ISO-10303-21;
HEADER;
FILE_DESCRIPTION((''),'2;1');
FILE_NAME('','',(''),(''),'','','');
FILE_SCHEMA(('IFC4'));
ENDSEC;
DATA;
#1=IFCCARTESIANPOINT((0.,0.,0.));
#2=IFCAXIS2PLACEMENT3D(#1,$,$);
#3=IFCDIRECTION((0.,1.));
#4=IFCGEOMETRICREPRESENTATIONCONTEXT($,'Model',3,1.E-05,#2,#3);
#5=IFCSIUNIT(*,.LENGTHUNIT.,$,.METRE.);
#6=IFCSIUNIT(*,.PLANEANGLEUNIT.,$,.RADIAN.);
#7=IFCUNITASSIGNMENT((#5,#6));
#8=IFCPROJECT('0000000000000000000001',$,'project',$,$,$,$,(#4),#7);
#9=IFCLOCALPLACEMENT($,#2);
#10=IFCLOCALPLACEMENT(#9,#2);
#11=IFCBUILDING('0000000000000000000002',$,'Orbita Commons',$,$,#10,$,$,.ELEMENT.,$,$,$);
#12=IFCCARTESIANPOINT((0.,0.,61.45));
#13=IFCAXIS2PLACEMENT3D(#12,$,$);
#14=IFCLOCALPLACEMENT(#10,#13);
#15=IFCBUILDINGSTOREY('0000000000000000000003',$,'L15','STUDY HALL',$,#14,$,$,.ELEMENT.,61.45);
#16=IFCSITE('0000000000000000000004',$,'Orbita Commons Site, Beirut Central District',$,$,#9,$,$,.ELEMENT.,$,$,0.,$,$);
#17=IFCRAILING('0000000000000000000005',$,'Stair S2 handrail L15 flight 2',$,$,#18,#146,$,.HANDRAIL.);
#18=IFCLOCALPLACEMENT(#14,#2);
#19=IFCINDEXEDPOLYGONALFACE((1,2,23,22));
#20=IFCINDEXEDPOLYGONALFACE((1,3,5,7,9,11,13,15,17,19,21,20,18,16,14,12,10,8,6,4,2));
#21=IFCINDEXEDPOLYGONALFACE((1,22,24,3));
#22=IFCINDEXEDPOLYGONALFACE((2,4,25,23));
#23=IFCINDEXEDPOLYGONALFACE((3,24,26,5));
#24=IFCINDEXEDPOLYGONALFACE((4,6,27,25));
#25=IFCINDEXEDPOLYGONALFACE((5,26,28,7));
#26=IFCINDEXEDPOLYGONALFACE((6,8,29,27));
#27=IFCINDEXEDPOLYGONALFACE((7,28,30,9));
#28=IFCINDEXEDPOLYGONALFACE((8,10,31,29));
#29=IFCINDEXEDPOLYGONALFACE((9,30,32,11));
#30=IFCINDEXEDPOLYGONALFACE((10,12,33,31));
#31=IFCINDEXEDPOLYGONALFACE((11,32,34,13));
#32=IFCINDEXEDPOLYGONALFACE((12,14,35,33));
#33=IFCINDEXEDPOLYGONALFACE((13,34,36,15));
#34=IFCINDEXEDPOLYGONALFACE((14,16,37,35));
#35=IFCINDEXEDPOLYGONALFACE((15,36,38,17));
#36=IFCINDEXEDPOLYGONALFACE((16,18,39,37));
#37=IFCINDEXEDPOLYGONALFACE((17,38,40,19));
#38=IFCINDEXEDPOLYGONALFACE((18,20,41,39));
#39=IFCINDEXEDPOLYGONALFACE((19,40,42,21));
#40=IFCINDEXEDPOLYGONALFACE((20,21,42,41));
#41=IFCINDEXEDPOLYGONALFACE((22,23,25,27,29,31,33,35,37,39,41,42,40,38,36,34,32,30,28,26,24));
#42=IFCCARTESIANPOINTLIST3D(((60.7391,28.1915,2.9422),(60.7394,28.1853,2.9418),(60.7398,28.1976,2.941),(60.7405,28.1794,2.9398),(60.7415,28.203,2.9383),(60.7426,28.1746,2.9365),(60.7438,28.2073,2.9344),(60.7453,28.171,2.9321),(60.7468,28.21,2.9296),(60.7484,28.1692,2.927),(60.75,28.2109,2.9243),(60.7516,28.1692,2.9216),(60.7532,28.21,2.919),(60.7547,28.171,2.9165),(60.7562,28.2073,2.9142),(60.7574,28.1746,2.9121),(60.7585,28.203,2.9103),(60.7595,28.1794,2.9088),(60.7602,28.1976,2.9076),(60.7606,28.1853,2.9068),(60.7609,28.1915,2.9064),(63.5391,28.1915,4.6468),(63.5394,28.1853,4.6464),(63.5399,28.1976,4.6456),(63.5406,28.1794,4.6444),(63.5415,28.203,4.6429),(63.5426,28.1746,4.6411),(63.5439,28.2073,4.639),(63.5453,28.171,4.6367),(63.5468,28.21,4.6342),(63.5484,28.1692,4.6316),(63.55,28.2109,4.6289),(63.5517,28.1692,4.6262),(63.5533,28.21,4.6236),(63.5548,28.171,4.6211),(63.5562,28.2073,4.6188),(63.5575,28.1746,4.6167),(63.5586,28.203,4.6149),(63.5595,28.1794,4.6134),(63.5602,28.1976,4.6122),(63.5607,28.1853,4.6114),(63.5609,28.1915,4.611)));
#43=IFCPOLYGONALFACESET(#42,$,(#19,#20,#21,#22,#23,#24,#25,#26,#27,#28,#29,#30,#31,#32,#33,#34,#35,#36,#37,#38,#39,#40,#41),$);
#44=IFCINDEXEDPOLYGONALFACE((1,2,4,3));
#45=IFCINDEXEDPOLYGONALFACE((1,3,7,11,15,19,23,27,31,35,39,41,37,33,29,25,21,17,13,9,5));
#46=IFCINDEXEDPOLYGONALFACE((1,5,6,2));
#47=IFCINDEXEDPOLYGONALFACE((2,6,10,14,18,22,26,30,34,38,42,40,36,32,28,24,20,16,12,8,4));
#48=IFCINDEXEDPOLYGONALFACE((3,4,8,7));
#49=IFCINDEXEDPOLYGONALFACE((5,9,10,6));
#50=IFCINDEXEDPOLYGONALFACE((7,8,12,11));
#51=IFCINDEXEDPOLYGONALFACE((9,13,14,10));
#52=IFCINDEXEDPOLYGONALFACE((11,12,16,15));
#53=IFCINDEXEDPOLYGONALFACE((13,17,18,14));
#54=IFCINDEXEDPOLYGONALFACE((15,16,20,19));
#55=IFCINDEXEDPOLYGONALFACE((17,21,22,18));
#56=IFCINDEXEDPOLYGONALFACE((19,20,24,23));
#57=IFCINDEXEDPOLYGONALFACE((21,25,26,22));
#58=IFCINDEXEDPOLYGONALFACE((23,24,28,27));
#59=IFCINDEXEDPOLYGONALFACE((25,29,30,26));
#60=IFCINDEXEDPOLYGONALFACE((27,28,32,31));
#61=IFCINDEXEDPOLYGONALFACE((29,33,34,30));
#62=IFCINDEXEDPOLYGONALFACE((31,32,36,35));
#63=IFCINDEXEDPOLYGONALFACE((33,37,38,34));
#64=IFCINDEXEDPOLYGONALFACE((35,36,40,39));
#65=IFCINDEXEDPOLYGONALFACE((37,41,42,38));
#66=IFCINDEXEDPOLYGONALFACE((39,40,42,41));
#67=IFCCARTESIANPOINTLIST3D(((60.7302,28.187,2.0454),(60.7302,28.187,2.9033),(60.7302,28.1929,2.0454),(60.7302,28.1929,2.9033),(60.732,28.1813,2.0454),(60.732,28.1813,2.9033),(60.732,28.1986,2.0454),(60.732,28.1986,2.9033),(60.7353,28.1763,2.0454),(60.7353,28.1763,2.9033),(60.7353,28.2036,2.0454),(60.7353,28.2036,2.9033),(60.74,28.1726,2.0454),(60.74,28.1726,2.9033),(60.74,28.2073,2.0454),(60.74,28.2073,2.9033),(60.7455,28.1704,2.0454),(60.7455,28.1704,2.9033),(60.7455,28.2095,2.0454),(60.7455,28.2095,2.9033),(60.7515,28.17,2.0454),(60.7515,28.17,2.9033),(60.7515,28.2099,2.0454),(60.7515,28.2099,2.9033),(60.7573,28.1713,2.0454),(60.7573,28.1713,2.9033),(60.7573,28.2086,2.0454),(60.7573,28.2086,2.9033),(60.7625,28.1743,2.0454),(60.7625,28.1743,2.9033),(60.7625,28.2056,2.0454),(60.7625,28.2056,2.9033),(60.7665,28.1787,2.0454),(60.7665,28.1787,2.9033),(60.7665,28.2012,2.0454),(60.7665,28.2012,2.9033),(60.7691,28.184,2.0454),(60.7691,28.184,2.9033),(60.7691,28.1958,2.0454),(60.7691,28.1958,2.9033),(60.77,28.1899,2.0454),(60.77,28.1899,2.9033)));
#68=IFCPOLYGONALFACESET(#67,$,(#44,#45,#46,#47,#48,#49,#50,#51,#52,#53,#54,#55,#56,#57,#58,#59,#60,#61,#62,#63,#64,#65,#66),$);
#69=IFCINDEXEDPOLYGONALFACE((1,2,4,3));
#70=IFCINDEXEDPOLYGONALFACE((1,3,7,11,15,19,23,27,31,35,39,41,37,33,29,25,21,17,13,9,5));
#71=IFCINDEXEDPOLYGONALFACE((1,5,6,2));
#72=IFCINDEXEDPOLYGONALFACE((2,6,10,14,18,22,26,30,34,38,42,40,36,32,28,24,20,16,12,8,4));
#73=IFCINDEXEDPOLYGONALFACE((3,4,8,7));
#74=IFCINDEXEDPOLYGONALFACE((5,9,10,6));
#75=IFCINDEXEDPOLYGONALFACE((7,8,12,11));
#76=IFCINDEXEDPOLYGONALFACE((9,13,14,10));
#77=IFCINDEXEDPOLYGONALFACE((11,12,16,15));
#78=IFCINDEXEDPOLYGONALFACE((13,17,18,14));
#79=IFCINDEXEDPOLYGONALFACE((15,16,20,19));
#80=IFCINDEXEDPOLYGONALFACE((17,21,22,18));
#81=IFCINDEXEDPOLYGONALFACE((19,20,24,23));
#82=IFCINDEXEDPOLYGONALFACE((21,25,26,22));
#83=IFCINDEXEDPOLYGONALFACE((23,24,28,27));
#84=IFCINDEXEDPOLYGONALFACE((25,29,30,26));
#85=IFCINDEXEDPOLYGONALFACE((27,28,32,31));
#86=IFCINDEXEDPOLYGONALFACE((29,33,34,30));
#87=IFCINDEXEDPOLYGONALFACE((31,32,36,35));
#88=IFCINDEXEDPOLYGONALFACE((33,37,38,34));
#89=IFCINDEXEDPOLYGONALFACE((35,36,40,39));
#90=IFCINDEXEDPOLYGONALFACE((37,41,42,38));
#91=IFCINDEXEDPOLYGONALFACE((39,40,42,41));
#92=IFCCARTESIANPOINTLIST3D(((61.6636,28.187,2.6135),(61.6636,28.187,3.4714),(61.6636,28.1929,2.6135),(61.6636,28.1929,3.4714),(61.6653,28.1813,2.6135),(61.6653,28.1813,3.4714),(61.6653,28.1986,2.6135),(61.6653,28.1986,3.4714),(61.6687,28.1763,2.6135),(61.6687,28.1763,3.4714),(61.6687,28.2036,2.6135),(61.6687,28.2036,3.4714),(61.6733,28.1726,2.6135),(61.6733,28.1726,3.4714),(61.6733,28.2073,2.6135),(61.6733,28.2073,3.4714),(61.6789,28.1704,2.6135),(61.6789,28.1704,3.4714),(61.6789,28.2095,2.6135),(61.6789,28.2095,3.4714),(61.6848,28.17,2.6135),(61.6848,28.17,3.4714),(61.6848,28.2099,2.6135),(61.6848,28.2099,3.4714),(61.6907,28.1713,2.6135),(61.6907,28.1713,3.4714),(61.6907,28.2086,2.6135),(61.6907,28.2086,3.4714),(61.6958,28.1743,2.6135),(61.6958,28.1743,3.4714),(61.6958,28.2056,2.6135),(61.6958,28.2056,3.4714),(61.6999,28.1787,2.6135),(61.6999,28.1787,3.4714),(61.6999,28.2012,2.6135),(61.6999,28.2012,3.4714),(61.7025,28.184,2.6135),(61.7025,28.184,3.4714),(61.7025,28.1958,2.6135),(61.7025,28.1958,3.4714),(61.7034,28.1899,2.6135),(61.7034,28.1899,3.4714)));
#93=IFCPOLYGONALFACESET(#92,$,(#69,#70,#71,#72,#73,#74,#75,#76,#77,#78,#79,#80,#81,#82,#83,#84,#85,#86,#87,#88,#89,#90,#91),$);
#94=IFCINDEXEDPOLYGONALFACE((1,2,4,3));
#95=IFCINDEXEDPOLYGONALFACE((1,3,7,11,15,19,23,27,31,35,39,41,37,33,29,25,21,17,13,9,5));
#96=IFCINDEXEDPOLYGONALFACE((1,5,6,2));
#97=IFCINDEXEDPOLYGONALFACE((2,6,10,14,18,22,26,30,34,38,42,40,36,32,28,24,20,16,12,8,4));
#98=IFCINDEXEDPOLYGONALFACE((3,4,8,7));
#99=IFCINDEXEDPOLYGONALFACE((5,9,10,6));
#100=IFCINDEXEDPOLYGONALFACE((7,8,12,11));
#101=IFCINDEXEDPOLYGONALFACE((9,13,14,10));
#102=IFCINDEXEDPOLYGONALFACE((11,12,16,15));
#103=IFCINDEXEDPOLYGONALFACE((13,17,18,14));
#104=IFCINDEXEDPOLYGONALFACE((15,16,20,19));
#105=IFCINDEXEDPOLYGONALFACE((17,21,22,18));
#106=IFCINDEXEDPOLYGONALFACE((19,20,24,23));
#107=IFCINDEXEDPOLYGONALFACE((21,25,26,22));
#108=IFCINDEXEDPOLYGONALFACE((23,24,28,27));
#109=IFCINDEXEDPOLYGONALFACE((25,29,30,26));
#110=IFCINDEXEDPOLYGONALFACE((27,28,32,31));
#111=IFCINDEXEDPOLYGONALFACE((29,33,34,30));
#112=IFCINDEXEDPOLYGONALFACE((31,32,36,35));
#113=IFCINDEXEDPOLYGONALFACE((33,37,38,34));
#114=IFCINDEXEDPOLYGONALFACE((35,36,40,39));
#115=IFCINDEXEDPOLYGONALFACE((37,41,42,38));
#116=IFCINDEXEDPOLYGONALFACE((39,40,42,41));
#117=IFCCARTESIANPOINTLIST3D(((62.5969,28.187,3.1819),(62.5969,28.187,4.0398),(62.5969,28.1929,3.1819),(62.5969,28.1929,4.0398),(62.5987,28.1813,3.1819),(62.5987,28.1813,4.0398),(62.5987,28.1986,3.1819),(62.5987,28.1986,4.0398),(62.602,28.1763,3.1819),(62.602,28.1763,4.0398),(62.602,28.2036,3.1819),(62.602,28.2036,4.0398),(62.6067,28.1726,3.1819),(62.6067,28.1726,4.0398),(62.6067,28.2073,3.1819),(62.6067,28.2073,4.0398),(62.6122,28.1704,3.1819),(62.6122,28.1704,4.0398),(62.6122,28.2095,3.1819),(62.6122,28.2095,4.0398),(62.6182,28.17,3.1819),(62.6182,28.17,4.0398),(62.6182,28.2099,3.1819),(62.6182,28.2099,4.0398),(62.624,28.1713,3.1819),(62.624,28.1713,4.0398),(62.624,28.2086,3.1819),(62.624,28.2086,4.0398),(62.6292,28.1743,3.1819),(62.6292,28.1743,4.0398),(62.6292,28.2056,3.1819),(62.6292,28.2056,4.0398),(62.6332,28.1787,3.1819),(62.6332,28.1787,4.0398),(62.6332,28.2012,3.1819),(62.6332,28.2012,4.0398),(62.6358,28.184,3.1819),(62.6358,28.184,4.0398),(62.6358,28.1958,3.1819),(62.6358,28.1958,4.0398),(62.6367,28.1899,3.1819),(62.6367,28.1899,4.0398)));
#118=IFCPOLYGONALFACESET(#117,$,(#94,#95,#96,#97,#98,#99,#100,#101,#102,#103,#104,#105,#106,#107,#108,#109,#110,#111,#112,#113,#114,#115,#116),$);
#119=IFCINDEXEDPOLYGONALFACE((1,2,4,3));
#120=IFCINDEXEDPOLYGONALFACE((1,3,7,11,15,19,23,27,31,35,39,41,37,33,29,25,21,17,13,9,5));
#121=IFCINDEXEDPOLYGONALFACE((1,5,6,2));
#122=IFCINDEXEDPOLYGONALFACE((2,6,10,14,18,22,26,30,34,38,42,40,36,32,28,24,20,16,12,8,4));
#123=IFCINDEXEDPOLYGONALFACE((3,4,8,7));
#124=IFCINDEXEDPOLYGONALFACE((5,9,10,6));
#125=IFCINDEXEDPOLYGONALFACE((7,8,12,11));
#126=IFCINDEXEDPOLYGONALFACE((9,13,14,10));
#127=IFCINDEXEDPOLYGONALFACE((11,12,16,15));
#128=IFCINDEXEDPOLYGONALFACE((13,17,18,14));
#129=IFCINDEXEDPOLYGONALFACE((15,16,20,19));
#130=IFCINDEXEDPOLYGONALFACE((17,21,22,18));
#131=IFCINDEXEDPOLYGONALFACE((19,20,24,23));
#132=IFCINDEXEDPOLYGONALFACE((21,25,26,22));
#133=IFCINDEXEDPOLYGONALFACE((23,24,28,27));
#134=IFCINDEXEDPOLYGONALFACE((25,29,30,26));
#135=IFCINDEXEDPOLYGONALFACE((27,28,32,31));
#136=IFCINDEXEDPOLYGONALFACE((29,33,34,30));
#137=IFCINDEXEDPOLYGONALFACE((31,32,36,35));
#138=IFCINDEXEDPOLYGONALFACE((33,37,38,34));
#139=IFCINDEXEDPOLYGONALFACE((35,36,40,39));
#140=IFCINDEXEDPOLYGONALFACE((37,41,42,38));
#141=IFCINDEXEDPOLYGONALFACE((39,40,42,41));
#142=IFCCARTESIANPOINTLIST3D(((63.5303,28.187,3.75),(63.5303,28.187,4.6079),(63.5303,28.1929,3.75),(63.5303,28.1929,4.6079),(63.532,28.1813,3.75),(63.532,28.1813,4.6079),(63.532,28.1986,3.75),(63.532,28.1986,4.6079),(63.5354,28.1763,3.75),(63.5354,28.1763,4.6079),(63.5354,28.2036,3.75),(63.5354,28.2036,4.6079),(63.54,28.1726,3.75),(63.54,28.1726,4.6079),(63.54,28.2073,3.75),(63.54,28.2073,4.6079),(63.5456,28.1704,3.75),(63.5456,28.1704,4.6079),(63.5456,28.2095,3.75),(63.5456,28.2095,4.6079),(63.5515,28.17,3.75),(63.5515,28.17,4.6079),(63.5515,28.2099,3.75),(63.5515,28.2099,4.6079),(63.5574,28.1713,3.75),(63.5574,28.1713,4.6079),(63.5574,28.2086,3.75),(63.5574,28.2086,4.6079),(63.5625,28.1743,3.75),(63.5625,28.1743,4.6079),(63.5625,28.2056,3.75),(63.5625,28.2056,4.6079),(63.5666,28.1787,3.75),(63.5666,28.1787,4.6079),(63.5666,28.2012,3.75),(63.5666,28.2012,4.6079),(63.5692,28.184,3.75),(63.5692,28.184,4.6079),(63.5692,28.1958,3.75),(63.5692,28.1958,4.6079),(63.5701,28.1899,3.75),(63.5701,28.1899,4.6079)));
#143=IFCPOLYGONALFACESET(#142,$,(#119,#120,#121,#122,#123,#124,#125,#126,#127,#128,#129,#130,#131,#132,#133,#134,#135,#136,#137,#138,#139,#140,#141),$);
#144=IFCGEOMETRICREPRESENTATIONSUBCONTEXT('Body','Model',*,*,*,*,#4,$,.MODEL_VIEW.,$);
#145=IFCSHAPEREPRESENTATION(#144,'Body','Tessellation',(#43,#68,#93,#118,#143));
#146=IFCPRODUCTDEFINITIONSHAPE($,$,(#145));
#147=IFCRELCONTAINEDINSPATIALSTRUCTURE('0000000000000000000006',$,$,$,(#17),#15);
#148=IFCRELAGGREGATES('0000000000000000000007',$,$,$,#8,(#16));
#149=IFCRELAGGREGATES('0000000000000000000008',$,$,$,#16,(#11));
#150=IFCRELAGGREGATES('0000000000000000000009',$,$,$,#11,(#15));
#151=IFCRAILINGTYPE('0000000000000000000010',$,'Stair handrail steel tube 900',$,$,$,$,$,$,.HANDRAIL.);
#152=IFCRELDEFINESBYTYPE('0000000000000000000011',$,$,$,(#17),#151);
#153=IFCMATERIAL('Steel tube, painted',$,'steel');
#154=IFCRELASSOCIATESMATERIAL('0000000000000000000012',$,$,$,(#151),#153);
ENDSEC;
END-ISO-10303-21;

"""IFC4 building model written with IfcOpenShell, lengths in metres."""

from ifc_helpers import new_model, si_unit, direction, frame, origin, origin_2d, place, context, subcontext, project, spatial, circle, extrude, material, type_object, element, save


model = new_model("IFC4")

# Units and contexts
model_context = context("Model", 3, precision=1e-05, world=origin(), true_north=direction((0.0, 1.0)))
body_context = subcontext(model_context, "Body", "Model", "MODEL_VIEW")
ifc_project = project(units=[si_unit("LENGTHUNIT", "METRE"), si_unit("PLANEANGLEUNIT", "RADIAN")], contexts=[model_context])

# Site, building, storey
site_placement = place(None, origin())
site = spatial("IfcSite", under=ifc_project, at=site_placement, Name="Orbita Commons Site, Beirut Central District", CompositionType="ELEMENT", RefElevation=0.0)
building_placement = place(site_placement, origin())
building = spatial("IfcBuilding", under=site, at=building_placement, Name="Orbita Commons", CompositionType="ELEMENT")
storey_placement = place(building_placement, frame((0.0, 0.0, 61.45)))
storey = spatial("IfcBuildingStorey", under=building, at=storey_placement, Name="L15", Description="STUDY HALL", CompositionType="ELEMENT", Elevation=61.45)

# Railing
ifc_material_1 = material(Name="Steel tube, painted", Category="steel")
railing_type = type_object("IfcRailingType", Name="Stair handrail steel tube 900", PredefinedType="HANDRAIL", material=ifc_material_1)
for number, where, name in (
    (1, (60.75, 28.1899, 2.0454), "Stair S2 handrail L15 flight 2"),
):
    element("IfcRailing", number, at=place(storey_placement, frame(where)), inside=storey, type_object=railing_type, Name=name, PredefinedType="HANDRAIL", context=body_context, shape_type="SweptSolid", body=[
        extrude(circle(Radius=0.021, at=origin_2d()), frame((0.0, 0.0, 0.8789), z_axis=(0.85417, 0.0, 0.519994), x_axis=(0.0, 1.0, 0.0)), (0.0, 0.0, 1.0), 3.2781),
        extrude(circle(Radius=0.02, at=origin_2d()), origin(), (0.0, 0.0, 1.0), 0.8579),
        extrude(circle(Radius=0.02, at=origin_2d()), frame((0.9333, 0.0, 0.5681)), (0.0, 0.0, 1.0), 0.8579),
        extrude(circle(Radius=0.02, at=origin_2d()), frame((1.8667, 0.0, 1.1365)), (0.0, 0.0, 1.0), 0.8579),
        extrude(circle(Radius=0.02, at=origin_2d()), frame((2.8, 0.0, 1.7046)), (0.0, 0.0, 1.0), 0.8579),
    ])

save(model, "model.ifc")
